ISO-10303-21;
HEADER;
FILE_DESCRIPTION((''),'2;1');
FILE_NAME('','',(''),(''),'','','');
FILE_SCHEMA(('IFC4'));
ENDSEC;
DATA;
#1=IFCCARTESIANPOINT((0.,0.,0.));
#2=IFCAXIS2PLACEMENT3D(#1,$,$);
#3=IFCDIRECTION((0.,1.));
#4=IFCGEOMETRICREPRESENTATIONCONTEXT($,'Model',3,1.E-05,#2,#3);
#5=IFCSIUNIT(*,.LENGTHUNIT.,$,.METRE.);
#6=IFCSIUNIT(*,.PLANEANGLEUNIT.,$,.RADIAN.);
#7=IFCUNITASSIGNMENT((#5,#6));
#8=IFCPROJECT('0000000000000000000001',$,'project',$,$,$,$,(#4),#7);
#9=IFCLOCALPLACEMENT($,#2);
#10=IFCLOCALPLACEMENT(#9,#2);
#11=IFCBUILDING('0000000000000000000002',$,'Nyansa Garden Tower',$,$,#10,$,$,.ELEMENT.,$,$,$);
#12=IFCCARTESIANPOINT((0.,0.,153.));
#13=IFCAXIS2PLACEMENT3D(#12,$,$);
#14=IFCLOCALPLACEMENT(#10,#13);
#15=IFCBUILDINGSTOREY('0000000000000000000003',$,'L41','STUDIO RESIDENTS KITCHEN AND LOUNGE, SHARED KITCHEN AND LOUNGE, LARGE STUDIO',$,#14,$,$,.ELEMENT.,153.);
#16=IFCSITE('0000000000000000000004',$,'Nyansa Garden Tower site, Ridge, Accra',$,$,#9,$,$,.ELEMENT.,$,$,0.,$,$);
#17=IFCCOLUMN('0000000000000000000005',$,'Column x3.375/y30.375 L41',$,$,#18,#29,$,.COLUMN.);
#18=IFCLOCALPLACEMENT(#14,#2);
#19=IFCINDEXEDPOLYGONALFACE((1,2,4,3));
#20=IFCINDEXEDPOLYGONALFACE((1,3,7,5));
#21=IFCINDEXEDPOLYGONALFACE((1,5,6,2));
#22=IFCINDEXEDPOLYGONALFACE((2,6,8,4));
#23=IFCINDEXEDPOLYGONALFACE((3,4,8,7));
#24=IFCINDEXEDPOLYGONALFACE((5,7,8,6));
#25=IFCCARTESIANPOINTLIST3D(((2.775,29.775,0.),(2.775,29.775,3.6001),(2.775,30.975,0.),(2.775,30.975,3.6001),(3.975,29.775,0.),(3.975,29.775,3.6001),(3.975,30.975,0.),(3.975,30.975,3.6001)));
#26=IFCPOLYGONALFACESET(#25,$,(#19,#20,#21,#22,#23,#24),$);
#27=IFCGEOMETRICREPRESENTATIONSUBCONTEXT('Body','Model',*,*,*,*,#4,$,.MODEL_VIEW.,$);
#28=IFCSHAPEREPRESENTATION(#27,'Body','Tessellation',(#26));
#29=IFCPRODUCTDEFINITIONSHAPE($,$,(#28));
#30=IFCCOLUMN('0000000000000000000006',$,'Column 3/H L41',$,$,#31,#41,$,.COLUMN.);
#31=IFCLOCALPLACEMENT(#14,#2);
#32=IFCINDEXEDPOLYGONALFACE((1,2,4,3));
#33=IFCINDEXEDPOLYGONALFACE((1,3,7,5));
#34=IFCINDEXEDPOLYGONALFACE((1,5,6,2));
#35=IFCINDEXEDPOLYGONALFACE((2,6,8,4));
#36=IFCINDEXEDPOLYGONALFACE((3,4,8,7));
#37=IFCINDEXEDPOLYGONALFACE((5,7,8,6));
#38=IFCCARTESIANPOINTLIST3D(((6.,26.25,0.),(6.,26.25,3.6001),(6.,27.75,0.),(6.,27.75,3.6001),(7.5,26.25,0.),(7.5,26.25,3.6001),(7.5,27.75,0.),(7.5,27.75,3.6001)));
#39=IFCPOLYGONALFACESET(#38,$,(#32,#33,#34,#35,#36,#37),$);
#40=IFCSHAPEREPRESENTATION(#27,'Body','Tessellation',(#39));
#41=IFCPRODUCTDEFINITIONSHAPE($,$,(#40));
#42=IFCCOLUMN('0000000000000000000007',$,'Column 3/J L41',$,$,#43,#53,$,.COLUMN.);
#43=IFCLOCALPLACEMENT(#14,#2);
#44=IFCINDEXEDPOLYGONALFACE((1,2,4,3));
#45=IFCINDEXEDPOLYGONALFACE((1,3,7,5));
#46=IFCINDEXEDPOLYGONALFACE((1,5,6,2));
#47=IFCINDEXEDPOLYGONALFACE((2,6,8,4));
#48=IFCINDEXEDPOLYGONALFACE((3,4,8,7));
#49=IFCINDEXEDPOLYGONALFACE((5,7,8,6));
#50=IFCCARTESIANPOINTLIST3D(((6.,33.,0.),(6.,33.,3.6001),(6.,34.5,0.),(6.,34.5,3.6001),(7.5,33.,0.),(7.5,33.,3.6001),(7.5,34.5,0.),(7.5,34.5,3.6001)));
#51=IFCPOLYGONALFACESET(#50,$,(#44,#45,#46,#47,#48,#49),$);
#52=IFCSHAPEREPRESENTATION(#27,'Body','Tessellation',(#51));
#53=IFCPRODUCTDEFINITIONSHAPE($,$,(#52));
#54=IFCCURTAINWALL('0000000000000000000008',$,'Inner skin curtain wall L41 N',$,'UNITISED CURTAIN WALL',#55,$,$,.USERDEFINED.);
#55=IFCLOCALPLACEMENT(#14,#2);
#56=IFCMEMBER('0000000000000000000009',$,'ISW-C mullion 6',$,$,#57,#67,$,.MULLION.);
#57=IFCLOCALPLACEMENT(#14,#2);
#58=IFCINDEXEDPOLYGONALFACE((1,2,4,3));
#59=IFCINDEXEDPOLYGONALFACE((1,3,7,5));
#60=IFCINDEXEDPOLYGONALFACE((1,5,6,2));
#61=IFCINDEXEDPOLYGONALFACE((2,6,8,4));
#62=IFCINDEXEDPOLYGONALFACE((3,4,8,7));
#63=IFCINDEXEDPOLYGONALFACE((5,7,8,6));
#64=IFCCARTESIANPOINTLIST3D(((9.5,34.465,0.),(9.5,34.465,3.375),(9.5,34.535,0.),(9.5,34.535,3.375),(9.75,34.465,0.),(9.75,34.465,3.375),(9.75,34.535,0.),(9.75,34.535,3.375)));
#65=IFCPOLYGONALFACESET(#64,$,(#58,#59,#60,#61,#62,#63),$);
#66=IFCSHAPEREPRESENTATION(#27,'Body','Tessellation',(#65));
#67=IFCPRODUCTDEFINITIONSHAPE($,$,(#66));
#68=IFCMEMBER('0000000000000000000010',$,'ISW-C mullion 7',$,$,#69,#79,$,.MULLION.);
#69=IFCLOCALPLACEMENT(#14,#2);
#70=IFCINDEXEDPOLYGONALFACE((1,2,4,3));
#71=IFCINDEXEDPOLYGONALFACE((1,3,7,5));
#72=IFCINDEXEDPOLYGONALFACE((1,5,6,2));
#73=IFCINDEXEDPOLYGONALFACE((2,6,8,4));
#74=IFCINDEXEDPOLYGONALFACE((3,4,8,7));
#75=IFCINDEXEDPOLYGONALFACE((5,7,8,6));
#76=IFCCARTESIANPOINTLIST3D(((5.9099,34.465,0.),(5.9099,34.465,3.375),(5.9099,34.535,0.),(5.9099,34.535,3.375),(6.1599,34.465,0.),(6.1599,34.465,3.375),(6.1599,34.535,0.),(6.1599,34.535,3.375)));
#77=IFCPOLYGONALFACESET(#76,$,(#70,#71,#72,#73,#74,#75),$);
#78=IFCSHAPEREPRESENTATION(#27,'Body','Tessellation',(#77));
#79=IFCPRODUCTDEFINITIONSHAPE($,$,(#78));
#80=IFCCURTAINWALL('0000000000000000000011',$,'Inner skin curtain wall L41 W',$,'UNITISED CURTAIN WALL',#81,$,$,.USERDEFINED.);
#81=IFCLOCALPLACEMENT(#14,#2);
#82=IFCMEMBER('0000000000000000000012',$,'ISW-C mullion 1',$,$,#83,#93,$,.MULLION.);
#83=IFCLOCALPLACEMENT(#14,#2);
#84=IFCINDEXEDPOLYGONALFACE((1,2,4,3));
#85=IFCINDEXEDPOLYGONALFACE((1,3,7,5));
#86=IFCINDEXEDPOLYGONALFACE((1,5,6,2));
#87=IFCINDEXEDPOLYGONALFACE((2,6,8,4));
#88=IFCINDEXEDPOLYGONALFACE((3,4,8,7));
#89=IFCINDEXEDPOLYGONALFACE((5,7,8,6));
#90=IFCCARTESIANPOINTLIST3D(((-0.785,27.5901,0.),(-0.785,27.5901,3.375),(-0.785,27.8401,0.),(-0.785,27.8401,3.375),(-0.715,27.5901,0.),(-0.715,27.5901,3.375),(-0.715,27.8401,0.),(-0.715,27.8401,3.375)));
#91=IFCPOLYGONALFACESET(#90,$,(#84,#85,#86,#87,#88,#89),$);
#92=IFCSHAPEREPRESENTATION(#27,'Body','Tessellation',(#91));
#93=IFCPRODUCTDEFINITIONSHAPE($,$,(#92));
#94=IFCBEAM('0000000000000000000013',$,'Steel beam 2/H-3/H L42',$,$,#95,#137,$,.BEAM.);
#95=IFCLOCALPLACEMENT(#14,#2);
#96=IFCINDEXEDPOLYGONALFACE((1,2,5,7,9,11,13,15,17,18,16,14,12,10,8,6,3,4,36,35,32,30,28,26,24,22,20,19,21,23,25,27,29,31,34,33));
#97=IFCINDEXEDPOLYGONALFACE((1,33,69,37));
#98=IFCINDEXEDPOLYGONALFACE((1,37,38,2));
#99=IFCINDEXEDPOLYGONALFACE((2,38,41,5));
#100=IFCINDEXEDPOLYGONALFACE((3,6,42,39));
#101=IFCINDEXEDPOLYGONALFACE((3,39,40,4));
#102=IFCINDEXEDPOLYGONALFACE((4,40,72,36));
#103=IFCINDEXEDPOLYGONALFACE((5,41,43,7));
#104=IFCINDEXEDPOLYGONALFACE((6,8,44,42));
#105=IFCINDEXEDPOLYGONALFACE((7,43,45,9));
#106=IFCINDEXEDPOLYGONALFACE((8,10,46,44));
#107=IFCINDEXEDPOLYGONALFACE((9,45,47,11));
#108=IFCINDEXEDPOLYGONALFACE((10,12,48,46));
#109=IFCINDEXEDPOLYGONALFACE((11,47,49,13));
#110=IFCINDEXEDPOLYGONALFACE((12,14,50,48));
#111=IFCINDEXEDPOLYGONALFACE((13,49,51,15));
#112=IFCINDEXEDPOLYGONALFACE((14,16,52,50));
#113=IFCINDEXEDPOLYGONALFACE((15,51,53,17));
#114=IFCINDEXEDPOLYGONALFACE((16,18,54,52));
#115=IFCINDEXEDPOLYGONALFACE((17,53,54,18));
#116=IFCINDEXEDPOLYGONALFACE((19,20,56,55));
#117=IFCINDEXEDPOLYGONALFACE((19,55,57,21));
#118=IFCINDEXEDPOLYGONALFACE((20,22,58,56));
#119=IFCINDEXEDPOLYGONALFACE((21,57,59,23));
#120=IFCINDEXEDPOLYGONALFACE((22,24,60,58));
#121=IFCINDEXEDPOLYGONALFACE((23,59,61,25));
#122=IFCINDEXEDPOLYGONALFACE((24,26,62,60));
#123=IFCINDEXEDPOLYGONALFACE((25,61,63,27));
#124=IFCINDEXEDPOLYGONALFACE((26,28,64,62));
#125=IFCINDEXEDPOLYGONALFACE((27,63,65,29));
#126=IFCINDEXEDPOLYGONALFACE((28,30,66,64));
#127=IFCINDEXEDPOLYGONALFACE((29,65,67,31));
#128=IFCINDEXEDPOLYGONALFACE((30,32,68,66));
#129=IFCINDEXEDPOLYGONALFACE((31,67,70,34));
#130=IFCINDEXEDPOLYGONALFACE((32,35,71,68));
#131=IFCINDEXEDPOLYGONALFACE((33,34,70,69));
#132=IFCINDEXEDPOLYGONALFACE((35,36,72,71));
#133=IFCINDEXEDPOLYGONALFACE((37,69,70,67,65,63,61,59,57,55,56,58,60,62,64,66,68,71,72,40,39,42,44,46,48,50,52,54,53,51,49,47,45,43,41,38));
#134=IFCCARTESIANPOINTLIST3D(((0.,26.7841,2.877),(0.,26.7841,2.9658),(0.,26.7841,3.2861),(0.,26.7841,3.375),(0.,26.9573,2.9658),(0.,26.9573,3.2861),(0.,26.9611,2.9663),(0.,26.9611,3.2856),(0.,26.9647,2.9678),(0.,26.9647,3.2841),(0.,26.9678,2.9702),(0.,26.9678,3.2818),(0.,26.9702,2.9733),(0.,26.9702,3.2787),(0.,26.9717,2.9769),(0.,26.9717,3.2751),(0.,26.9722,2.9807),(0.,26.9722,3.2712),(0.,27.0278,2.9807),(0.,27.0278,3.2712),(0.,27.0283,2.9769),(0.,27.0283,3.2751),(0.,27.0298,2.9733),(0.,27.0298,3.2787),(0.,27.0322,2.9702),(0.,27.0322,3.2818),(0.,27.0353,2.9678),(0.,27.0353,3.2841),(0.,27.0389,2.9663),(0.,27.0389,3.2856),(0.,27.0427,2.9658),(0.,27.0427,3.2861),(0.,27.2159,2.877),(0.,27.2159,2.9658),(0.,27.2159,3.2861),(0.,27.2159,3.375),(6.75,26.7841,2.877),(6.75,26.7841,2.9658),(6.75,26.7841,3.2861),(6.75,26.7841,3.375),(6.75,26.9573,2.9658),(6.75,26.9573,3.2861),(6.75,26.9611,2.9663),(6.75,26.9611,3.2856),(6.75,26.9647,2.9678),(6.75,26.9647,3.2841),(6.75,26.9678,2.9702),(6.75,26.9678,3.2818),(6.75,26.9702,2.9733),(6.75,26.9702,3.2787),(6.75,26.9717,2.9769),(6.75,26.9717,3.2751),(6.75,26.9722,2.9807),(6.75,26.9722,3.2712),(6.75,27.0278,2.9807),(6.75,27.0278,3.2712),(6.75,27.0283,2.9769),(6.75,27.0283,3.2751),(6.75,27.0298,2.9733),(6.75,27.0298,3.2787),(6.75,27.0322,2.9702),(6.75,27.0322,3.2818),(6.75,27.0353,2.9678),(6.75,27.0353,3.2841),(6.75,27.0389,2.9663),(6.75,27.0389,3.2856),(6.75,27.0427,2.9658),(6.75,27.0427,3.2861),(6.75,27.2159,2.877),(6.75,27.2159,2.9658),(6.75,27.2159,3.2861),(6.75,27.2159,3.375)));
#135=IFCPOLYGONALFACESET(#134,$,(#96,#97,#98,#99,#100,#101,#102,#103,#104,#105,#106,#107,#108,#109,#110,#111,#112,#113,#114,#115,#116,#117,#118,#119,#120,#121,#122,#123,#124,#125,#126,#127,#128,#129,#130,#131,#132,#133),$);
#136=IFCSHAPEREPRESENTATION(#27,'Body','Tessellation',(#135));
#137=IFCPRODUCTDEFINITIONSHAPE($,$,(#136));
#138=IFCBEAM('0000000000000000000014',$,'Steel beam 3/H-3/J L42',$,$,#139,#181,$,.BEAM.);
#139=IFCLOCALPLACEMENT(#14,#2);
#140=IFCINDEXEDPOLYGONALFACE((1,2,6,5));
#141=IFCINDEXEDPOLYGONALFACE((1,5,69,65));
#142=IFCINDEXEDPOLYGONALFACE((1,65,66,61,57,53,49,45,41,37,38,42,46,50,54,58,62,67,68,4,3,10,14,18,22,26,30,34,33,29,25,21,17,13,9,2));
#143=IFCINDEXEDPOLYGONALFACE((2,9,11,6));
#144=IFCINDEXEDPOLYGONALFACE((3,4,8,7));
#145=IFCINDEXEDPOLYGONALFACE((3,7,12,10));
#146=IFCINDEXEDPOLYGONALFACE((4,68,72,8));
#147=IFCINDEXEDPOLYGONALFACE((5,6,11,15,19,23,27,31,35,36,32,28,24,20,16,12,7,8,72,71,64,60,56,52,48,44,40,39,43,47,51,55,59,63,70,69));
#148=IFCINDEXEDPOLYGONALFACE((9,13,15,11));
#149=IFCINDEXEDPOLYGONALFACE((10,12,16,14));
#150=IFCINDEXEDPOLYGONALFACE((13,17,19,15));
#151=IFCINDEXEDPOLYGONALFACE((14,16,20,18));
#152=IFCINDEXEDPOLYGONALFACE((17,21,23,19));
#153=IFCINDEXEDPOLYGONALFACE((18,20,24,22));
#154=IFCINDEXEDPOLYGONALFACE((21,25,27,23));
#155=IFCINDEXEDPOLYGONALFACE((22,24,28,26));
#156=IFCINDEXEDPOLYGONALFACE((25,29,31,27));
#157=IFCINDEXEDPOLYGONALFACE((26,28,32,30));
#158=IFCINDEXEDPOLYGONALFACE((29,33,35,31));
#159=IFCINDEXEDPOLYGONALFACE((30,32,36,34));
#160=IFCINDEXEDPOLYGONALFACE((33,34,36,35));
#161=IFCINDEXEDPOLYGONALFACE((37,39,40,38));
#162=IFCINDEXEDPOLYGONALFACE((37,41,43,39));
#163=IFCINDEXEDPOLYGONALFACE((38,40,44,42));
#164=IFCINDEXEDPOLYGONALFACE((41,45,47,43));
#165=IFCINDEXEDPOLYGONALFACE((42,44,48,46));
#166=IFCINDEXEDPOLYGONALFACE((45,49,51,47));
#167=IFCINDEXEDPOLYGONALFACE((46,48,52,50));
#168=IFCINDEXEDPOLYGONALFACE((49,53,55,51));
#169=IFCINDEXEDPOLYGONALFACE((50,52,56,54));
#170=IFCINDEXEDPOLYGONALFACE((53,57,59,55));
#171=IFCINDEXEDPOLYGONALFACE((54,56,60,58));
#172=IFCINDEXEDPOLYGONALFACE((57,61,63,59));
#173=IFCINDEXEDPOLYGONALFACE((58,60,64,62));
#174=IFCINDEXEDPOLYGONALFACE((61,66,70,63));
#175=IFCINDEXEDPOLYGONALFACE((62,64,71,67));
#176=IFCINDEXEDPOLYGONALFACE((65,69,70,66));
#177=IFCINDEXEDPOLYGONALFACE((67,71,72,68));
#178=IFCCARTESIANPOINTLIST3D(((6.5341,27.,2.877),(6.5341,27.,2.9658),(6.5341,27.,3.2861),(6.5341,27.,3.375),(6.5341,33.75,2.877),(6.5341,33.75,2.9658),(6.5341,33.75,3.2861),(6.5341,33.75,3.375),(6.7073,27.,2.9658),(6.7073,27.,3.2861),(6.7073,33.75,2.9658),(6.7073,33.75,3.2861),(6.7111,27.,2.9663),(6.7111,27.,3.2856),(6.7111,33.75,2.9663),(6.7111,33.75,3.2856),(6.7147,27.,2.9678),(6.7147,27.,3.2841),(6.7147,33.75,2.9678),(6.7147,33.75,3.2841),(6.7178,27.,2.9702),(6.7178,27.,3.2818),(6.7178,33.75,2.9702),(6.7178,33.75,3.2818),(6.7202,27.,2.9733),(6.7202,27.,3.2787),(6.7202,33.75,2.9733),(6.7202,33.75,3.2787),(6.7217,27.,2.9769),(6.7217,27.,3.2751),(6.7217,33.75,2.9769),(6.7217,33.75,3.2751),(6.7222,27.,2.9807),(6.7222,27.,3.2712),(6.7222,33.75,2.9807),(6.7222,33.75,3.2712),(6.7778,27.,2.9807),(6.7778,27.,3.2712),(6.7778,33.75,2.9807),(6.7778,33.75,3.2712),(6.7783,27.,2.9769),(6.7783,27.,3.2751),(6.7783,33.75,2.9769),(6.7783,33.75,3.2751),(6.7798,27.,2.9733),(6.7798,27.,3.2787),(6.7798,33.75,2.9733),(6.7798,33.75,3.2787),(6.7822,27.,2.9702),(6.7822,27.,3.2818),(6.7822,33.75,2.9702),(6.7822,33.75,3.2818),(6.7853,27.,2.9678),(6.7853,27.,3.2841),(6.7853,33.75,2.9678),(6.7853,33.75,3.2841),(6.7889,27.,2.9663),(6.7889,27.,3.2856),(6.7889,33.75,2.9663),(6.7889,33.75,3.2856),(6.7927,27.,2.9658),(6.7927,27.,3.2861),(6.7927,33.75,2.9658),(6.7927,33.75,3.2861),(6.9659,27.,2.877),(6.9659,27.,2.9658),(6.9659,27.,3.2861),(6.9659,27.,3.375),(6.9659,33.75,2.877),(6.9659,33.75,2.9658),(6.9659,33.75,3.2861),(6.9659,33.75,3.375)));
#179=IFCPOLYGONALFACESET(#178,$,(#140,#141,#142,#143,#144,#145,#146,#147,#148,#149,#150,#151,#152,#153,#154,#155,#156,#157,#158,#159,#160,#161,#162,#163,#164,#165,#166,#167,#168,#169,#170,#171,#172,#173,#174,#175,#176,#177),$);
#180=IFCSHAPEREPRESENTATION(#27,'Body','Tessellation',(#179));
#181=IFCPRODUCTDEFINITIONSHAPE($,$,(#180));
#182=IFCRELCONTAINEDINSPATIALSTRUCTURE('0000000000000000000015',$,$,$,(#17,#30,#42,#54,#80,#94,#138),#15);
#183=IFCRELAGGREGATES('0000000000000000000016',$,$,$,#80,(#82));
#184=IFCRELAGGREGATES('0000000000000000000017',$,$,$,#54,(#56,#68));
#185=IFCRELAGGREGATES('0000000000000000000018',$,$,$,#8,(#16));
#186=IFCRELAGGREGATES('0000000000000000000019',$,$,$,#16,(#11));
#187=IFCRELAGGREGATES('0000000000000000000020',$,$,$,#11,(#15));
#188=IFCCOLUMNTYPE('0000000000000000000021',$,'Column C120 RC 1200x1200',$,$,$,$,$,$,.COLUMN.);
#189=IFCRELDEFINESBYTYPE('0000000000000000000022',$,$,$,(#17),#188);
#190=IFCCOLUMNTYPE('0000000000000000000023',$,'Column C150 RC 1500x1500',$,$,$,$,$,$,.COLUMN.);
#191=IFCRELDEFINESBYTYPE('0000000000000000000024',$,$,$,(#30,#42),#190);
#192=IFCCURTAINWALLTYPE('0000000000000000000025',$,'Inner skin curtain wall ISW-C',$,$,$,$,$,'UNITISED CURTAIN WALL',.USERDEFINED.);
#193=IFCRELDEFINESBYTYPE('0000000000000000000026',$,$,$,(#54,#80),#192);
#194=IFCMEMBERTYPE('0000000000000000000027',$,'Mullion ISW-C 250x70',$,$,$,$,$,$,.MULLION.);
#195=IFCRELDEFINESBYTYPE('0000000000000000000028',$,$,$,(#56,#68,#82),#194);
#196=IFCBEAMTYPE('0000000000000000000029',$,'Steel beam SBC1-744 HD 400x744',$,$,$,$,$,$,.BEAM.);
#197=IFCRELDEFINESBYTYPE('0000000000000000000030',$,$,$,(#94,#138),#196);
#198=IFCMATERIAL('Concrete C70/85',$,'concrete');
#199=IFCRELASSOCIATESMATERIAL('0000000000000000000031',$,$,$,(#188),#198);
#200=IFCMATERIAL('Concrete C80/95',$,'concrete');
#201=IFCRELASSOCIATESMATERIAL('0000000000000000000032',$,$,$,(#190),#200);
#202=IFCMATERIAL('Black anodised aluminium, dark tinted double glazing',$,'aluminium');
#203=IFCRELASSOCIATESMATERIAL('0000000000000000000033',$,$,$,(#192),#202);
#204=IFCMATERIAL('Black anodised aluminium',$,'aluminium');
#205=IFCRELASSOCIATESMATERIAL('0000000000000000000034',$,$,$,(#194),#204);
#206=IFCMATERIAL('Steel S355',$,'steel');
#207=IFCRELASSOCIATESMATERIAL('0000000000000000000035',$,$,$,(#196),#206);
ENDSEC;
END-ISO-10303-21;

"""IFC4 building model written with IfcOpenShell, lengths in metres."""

from ifc_helpers import new_model, si_unit, direction, frame, origin, origin_2d, place, context, subcontext, project, spatial, rectangle, i_section, extrude, material, material_profile, profile_set, type_object, element, aggregate, save


model = new_model("IFC4")

# Units and contexts
model_context = context("Model", 3, precision=1e-05, world=origin(), true_north=direction((0.0, 1.0)))
body_context = subcontext(model_context, "Body", "Model", "MODEL_VIEW")
ifc_project = project(units=[si_unit("LENGTHUNIT", "METRE"), si_unit("PLANEANGLEUNIT", "RADIAN")], contexts=[model_context])

# Site, building, storey
site_placement = place(None, origin())
site = spatial("IfcSite", under=ifc_project, at=site_placement, Name="Nyansa Garden Tower site, Ridge, Accra", CompositionType="ELEMENT", RefElevation=0.0)
building_placement = place(site_placement, origin())
building = spatial("IfcBuilding", under=site, at=building_placement, Name="Nyansa Garden Tower", CompositionType="ELEMENT")
storey_placement = place(building_placement, frame((0.0, 0.0, 153.0)))
storey = spatial("IfcBuildingStorey", under=building, at=storey_placement, Name="L41", Description="STUDIO RESIDENTS KITCHEN AND LOUNGE, SHARED KITCHEN AND LOUNGE, LARGE STUDIO", CompositionType="ELEMENT", Elevation=153.0)

# Columns
ifc_material_1 = material(Name="Concrete C70/85", Category="concrete")
ifc_material_profile_1 = material_profile(ifc_material_1, rectangle(XDim=1.2, YDim=1.2, at=origin_2d()), Name="RC 1200x1200")
ifc_profile_set_1 = profile_set([ifc_material_profile_1], Name="Concrete C70/85")
column_type_1 = type_object("IfcColumnType", Name="Column C120 RC 1200x1200", PredefinedType="COLUMN", material=ifc_profile_set_1)
column_placement = place(storey_placement, frame((3.375, 30.375, 0.0), z_axis=(0.0, 0.0, 1.0), x_axis=(1.0, 0.0, 0.0)))
element("IfcColumn", 1, at=column_placement, inside=storey, type_object=column_type_1, Name="Column x3.375/y30.375 L41", PredefinedType="COLUMN", context=body_context, shape_type="SweptSolid", body=[
    extrude(rectangle(XDim=1.2, YDim=1.2, at=origin_2d()), origin(), (0.0, 0.0, 1.0), 3.6001),
])
ifc_material_2 = material(Name="Concrete C80/95", Category="concrete")
ifc_material_profile_2 = material_profile(ifc_material_2, rectangle(XDim=1.5, YDim=1.5, at=origin_2d()), Name="RC 1500x1500")
ifc_profile_set_2 = profile_set([ifc_material_profile_2], Name="Concrete C80/95")
column_type_2 = type_object("IfcColumnType", Name="Column C150 RC 1500x1500", PredefinedType="COLUMN", material=ifc_profile_set_2)
for number, where, z_axis, x_axis, name in (
    (2, (6.75, 27.0, 0.0), (0.0, 0.0, 1.0), (1.0, 0.0, 0.0), "Column 3/H L41"),
    (3, (6.75, 33.75, 0.0), (0.0, 0.0, 1.0), (1.0, 0.0, 0.0), "Column 3/J L41"),
):
    element("IfcColumn", number, at=place(storey_placement, frame(where, z_axis=z_axis, x_axis=x_axis)), inside=storey, type_object=column_type_2, Name=name, PredefinedType="COLUMN", context=body_context, shape_type="SweptSolid", body=[
        extrude(rectangle(XDim=1.5, YDim=1.5, at=origin_2d()), origin(), (0.0, 0.0, 1.0), 3.6001),
    ])

# Curtain wall, members
ifc_material_3 = material(Name="Black anodised aluminium, dark tinted double glazing", Category="aluminium")
curtain_wall_type = type_object("IfcCurtainWallType", Name="Inner skin curtain wall ISW-C", ElementType="UNITISED CURTAIN WALL", PredefinedType="USERDEFINED", material=ifc_material_3)
curtain_wall_1_placement = place(storey_placement, origin())
curtain_wall_1 = element("IfcCurtainWall", 4, at=curtain_wall_1_placement, inside=storey, type_object=curtain_wall_type, Name="Inner skin curtain wall L41 N", ObjectType="UNITISED CURTAIN WALL", PredefinedType="USERDEFINED")
ifc_material_4 = material(Name="Black anodised aluminium", Category="aluminium")
ifc_material_profile_3 = material_profile(ifc_material_4, rectangle(XDim=0.0701, YDim=0.25, at=origin_2d()), Name="Mullion 250x70")
ifc_profile_set_3 = profile_set([ifc_material_profile_3], Name="Black anodised aluminium")
member_type_1 = type_object("IfcMemberType", Name="Mullion ISW-C 250x70", PredefinedType="MULLION", material=ifc_profile_set_3)
member_1_placement = place(storey_placement, frame((9.625, 34.5, 0.0), z_axis=(0.0, 0.0, 1.0), x_axis=(0.0, -1.0, 0.0)))
member_1 = element("IfcMember", 5, at=member_1_placement, type_object=member_type_1, Name="ISW-C mullion 6", PredefinedType="MULLION", context=body_context, shape_type="SweptSolid", body=[
    extrude(rectangle(XDim=0.0701, YDim=0.25, at=origin_2d()), origin(), (0.0, 0.0, 1.0), 3.375),
])
member_2_placement = place(storey_placement, frame((6.0349, 34.5, 0.0), z_axis=(0.0, 0.0, 1.0), x_axis=(0.0, -1.0, 0.0)))
member_2 = element("IfcMember", 6, at=member_2_placement, type_object=member_type_1, Name="ISW-C mullion 7", PredefinedType="MULLION", context=body_context, shape_type="SweptSolid", body=[
    extrude(rectangle(XDim=0.0701, YDim=0.25, at=origin_2d()), origin(), (0.0, 0.0, 1.0), 3.375),
])

# Curtain wall, member
curtain_wall_2_placement = place(storey_placement, origin())
curtain_wall_2 = element("IfcCurtainWall", 7, at=curtain_wall_2_placement, inside=storey, type_object=curtain_wall_type, Name="Inner skin curtain wall L41 W", ObjectType="UNITISED CURTAIN WALL", PredefinedType="USERDEFINED")
member_3_placement = place(storey_placement, frame((-0.75, 27.7151, 0.0), z_axis=(0.0, 0.0, 1.0), x_axis=(1.0, 0.0, 0.0)))
member_3 = element("IfcMember", 8, at=member_3_placement, type_object=member_type_1, Name="ISW-C mullion 1", PredefinedType="MULLION", context=body_context, shape_type="SweptSolid", body=[
    extrude(rectangle(XDim=0.0701, YDim=0.25, at=origin_2d()), origin(), (0.0, 0.0, 1.0), 3.375),
])

# Beams
ifc_material_5 = material(Name="Steel S355", Category="steel")
ifc_material_profile_4 = material_profile(ifc_material_5, i_section(OverallWidth=0.4319, OverallDepth=0.498, WebThickness=0.0557, FlangeThickness=0.0889, FilletRadius=0.0149, at=origin_2d()), Name="HD 400x744")
ifc_profile_set_4 = profile_set([ifc_material_profile_4], Name="Steel S355")
beam_type_1 = type_object("IfcBeamType", Name="Steel beam SBC1-744 HD 400x744", PredefinedType="BEAM", material=ifc_profile_set_4)
for number, where, z_axis, x_axis, name in (
    (9, (0.0, 27.0, 3.126), (1.0, 0.0, 0.0), (0.0, 1.0, 0.0), "Steel beam 2/H-3/H L42"),
    (10, (6.75, 27.0, 3.126), (0.0, 1.0, 0.0), (-1.0, 0.0, 0.0), "Steel beam 3/H-3/J L42"),
):
    element("IfcBeam", number, at=place(storey_placement, frame(where, z_axis=z_axis, x_axis=x_axis)), inside=storey, type_object=beam_type_1, Name=name, PredefinedType="BEAM", context=body_context, shape_type="SweptSolid", body=[
        extrude(i_section(OverallWidth=0.4319, OverallDepth=0.498, WebThickness=0.0557, FlangeThickness=0.0889, FilletRadius=0.0149, at=origin_2d()), origin(), (0.0, 0.0, 1.0), 6.75),
    ])

aggregate(curtain_wall_2, [member_3])

aggregate(curtain_wall_1, [member_1, member_2])

save(model, "model.ifc")
